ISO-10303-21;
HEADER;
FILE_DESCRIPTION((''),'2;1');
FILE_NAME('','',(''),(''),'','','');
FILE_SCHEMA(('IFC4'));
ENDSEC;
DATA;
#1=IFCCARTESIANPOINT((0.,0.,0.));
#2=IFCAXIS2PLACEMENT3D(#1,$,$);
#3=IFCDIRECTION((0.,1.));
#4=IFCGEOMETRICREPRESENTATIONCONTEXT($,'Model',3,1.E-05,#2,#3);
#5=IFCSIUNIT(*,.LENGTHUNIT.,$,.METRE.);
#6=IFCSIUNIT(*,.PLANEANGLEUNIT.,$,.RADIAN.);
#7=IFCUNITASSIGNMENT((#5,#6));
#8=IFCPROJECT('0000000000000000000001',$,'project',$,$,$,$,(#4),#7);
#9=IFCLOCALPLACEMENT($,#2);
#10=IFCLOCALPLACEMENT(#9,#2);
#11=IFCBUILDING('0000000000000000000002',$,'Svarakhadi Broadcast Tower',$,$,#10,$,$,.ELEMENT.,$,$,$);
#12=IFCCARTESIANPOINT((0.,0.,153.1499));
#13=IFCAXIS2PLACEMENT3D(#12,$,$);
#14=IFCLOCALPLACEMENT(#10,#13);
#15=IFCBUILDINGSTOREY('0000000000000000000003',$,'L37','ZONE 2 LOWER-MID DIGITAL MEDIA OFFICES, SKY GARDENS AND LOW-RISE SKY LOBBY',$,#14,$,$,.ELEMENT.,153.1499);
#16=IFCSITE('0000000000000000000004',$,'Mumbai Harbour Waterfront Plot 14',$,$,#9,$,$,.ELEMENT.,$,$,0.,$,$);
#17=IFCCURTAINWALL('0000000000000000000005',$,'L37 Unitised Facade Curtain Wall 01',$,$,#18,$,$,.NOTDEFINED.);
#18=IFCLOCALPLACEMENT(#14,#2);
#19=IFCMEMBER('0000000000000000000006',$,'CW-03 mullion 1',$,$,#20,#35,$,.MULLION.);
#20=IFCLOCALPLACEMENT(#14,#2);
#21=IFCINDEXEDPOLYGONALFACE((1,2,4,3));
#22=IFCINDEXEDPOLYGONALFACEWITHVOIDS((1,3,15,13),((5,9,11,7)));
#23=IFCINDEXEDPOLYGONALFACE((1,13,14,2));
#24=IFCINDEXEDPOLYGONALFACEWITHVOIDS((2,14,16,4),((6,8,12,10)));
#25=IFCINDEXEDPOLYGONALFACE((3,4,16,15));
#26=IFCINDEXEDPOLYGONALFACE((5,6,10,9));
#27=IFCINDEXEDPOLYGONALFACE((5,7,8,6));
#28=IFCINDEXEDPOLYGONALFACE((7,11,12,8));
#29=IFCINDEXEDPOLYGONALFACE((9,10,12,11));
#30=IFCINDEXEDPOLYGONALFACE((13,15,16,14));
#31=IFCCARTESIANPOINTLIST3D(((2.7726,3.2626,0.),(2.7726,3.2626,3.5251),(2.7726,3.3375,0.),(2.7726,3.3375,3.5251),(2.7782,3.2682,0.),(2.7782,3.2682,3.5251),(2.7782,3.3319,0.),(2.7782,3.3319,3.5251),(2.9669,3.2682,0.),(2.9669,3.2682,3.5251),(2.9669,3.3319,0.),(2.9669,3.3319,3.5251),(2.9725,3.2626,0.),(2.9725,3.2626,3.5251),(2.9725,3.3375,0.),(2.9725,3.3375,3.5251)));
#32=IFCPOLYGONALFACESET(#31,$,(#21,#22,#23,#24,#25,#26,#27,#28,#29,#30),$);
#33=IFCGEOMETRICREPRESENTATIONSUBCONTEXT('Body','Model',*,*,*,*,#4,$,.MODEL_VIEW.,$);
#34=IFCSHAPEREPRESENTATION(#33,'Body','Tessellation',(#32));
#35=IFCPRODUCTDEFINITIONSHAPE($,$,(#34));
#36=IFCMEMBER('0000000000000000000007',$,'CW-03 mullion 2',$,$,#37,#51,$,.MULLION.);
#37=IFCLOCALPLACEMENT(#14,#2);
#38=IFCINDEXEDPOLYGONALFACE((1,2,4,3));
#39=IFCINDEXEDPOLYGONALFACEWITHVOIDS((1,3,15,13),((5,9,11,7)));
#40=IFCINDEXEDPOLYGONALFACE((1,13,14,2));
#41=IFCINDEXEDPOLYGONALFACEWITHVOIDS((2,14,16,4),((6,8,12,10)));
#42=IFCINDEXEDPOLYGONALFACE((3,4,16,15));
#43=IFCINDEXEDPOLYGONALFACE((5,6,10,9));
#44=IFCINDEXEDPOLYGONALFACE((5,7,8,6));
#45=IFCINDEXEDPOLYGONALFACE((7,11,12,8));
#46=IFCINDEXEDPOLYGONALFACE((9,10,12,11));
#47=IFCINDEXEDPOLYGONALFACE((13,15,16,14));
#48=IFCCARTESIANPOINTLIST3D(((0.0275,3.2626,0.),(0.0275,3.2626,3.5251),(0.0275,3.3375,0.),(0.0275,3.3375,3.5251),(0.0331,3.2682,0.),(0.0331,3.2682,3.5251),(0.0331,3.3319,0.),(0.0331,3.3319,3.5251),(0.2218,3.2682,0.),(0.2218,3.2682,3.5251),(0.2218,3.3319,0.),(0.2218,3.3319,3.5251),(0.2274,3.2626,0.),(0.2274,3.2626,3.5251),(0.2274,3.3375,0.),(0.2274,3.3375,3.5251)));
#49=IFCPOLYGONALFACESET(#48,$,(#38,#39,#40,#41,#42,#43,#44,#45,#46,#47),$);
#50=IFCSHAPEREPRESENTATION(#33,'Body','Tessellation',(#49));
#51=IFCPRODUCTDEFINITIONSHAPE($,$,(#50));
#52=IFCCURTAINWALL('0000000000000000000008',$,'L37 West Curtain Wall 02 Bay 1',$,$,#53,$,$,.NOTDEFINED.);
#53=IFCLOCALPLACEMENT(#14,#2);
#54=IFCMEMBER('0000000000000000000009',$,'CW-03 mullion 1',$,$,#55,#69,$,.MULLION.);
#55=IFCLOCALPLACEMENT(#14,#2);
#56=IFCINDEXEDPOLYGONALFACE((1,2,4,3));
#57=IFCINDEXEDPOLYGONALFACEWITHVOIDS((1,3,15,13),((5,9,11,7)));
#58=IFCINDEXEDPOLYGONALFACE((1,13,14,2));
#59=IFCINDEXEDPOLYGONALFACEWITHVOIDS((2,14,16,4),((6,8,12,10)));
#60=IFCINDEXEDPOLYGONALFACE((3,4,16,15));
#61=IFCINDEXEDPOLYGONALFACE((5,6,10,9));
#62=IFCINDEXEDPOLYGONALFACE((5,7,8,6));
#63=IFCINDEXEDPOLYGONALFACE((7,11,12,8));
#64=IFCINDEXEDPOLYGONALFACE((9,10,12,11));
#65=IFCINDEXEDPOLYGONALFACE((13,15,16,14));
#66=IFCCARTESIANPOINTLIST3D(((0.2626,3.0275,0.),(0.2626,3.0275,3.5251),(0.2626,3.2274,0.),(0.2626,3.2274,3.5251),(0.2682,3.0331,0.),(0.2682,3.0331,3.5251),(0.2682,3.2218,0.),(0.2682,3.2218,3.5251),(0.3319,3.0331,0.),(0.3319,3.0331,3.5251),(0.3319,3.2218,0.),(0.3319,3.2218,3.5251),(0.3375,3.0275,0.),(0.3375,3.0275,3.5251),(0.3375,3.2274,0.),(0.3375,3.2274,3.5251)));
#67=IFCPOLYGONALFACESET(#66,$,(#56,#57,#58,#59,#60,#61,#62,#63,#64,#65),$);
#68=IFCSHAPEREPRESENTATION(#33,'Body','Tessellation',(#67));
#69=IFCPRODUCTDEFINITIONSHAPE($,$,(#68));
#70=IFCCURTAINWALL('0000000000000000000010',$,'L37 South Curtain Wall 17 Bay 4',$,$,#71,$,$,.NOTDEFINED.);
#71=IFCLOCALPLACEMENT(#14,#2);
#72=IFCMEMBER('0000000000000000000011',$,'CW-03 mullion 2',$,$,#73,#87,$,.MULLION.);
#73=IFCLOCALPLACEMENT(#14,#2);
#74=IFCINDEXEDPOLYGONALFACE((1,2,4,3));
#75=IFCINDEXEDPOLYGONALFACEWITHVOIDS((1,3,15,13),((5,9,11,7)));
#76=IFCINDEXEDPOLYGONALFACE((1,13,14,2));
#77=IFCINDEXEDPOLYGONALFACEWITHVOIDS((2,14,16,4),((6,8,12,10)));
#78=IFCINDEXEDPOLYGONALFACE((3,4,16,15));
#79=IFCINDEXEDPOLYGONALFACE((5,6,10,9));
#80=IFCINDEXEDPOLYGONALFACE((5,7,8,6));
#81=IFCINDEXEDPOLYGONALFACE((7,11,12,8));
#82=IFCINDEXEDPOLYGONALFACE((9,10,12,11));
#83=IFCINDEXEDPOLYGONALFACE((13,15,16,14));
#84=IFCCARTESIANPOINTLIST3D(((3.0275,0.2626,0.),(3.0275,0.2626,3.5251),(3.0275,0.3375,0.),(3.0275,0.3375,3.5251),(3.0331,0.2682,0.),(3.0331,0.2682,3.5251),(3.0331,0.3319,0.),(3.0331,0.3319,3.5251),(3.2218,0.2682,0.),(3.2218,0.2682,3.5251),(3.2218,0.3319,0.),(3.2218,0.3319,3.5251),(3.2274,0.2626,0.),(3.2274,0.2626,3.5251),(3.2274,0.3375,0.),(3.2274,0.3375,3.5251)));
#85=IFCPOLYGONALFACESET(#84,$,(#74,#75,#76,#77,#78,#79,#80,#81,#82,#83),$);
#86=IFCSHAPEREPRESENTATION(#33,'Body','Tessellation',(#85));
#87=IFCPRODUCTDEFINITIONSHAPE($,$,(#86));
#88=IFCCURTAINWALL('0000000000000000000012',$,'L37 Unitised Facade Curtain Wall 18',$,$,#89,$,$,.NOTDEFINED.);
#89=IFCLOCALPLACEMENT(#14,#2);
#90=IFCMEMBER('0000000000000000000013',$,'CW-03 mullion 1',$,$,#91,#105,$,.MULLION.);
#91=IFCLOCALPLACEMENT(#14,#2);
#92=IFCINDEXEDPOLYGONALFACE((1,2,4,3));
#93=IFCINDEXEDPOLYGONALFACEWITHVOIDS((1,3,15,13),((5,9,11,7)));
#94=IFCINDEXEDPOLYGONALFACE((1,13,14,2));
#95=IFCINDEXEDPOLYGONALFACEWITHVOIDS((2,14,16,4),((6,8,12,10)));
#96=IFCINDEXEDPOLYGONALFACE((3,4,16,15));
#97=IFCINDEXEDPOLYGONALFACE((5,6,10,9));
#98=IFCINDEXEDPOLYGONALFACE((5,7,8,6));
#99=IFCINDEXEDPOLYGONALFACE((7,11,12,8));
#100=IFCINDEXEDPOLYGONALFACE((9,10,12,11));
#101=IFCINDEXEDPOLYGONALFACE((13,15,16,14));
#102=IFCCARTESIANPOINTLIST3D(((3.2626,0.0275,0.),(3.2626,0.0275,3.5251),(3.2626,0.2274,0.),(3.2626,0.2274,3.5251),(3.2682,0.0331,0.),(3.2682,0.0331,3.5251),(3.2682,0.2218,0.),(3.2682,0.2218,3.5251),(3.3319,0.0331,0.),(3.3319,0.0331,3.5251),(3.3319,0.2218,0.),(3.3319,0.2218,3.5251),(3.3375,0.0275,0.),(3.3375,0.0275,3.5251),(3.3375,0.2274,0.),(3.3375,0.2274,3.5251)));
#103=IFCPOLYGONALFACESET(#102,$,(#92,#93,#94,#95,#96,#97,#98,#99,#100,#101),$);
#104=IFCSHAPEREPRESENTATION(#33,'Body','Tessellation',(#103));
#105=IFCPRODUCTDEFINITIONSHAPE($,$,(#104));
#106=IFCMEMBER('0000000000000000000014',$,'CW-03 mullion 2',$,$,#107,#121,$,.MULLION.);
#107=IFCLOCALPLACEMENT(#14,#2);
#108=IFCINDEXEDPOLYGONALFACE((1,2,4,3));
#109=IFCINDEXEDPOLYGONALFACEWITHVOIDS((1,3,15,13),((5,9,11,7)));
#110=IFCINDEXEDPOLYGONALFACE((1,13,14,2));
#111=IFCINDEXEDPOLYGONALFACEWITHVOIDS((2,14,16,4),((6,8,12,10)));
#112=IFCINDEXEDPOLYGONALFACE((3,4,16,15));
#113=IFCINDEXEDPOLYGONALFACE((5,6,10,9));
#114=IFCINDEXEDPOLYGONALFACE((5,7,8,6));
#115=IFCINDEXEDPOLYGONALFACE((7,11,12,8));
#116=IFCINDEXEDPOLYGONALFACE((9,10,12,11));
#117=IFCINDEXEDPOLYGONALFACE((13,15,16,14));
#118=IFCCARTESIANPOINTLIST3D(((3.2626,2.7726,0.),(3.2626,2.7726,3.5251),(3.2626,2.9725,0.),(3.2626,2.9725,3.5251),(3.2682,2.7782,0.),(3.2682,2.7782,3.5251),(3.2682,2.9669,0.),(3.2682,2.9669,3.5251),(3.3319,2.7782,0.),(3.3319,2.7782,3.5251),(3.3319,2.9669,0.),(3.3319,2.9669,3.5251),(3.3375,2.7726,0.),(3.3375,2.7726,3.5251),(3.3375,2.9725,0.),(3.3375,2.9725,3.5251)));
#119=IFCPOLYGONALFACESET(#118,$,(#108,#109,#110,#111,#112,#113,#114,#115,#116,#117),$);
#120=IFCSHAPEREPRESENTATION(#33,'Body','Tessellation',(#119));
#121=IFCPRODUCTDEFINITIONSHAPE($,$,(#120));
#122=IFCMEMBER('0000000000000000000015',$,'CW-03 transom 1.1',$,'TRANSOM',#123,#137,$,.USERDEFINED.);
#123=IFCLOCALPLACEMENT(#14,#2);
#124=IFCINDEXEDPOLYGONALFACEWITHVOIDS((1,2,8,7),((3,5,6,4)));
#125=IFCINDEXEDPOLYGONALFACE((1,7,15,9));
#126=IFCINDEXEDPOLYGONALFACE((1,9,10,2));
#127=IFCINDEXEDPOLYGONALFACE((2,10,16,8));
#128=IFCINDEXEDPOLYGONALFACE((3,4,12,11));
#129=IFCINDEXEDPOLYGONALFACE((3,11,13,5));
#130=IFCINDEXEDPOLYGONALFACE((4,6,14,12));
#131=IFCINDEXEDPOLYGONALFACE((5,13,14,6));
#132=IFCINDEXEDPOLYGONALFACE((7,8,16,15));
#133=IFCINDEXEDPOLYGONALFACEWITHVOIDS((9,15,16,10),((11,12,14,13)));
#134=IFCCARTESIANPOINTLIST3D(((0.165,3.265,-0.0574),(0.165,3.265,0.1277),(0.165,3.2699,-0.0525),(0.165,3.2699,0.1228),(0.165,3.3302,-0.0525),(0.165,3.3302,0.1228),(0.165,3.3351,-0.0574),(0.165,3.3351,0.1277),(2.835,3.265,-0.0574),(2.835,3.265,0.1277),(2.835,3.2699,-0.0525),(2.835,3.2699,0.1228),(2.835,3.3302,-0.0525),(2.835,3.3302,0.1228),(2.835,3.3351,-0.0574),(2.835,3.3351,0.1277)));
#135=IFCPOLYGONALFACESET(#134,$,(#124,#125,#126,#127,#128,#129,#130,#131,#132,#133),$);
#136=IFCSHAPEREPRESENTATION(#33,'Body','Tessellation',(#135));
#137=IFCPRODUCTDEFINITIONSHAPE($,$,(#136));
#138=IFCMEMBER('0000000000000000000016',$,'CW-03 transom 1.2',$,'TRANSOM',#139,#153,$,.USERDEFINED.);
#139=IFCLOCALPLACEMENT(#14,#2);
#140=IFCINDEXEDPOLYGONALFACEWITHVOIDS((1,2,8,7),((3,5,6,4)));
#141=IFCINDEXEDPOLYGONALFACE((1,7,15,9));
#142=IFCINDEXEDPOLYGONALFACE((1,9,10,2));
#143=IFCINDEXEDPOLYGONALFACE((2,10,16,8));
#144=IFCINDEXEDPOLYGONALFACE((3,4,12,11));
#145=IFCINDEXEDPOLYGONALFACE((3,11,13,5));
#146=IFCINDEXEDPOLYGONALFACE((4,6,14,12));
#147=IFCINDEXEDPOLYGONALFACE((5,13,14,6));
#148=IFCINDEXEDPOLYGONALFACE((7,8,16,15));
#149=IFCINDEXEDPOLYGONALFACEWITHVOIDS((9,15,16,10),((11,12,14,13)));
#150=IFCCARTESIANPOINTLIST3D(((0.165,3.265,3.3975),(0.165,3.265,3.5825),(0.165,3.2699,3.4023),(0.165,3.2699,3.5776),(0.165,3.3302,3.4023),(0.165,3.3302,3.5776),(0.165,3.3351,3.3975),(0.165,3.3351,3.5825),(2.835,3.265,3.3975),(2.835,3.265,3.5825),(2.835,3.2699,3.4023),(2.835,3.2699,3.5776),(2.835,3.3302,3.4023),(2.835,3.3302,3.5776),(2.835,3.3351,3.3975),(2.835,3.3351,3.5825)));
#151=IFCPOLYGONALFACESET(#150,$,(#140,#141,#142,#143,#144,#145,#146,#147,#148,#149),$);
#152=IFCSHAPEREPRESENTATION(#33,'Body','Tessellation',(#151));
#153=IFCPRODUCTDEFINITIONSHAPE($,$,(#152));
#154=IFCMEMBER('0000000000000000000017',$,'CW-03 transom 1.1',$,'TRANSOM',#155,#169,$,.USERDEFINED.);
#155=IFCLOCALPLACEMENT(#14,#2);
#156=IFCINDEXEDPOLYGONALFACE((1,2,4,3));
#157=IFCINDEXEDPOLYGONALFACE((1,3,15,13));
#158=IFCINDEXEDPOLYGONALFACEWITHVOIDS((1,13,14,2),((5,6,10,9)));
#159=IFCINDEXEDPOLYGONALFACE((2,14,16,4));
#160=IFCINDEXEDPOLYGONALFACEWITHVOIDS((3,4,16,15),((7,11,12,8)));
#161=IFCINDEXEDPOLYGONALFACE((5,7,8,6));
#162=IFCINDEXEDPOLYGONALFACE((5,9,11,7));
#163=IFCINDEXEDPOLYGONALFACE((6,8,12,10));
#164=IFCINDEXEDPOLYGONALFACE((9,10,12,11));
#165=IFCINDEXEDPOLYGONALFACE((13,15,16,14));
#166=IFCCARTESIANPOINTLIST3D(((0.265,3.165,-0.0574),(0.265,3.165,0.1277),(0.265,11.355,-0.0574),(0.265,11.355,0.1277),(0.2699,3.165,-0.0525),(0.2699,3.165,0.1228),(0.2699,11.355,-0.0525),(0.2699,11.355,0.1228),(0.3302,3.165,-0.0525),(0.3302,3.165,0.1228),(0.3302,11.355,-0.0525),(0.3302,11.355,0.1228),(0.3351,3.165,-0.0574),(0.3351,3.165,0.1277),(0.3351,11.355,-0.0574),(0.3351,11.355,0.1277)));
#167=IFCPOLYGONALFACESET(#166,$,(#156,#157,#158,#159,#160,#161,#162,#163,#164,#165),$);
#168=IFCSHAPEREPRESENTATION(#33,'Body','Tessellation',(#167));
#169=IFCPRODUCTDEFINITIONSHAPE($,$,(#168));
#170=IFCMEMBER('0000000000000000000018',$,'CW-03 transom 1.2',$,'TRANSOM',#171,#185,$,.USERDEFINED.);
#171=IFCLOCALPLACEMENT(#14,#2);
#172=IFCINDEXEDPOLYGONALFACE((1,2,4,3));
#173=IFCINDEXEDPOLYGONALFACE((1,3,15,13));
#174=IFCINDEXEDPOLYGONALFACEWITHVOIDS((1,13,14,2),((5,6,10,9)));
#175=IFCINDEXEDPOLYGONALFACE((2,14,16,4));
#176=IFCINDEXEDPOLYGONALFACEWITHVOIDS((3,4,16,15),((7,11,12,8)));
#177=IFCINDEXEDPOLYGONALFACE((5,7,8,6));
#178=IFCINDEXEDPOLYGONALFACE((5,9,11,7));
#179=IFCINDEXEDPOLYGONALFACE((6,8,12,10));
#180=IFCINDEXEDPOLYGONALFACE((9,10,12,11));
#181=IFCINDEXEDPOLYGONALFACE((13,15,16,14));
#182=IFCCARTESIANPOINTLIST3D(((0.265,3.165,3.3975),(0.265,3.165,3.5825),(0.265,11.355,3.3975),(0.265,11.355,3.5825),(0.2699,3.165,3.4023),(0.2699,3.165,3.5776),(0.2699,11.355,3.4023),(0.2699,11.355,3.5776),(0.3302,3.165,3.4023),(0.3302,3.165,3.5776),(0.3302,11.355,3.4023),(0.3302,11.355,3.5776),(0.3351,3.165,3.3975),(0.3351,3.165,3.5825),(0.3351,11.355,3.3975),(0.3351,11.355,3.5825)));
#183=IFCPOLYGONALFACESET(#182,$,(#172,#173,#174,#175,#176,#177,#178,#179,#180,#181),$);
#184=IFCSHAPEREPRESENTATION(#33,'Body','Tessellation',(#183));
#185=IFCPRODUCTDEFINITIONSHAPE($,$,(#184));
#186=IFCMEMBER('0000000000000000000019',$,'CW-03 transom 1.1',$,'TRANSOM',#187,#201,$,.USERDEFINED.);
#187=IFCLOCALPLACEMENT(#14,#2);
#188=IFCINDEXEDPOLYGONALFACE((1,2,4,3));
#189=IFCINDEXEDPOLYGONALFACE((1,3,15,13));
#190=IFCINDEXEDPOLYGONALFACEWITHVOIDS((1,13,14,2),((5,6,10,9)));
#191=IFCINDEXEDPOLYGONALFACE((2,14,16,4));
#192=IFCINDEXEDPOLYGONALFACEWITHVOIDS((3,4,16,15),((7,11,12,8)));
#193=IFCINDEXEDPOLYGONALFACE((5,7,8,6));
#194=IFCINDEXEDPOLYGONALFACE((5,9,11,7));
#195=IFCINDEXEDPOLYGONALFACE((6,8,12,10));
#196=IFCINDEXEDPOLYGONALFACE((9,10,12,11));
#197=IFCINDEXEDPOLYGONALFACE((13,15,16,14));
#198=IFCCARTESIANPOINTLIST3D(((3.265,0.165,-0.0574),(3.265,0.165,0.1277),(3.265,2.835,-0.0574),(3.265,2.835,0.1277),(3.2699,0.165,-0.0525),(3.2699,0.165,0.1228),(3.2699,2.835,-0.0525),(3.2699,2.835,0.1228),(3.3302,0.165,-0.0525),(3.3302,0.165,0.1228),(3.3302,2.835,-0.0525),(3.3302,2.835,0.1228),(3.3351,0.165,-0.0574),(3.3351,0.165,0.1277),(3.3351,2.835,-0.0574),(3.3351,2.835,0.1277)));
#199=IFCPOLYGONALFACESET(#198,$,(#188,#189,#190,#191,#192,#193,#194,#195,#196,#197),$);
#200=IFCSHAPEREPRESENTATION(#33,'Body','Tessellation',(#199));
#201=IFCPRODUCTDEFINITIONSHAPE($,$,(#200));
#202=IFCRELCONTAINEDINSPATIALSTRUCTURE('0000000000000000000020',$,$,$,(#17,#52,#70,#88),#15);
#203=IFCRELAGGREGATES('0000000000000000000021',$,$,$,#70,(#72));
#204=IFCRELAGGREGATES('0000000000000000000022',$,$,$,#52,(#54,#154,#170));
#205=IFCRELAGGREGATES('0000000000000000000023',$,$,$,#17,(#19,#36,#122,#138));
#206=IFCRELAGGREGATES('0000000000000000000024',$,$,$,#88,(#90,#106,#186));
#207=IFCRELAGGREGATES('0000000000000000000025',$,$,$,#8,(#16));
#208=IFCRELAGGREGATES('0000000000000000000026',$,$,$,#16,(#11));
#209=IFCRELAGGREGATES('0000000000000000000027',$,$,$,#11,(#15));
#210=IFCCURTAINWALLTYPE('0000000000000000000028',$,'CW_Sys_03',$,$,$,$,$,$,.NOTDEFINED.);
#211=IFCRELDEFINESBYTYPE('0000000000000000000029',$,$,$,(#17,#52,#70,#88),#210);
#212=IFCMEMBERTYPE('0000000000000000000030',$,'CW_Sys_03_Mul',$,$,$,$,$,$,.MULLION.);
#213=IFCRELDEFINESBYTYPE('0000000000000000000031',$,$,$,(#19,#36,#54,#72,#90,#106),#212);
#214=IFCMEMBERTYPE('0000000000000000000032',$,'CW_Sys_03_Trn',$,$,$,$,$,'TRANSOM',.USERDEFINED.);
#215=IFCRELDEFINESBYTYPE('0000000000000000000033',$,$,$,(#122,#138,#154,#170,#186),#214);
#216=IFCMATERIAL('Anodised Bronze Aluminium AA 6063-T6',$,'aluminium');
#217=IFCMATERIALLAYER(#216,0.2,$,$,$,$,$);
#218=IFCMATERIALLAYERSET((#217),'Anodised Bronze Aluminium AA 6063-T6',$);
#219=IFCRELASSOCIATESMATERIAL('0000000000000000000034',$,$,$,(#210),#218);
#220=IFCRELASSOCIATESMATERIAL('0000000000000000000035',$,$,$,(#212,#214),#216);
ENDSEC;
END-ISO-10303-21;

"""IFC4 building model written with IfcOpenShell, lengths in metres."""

from ifc_helpers import new_model, si_unit, direction, frame, origin, origin_2d, place, context, subcontext, project, spatial, hollow_rectangle, extrude, material, layer, layer_set, material_profile, profile_set, type_object, element, aggregate, save


model = new_model("IFC4")

# Units and contexts
model_context = context("Model", 3, precision=1e-05, world=origin(), true_north=direction((0.0, 1.0)))
body_context = subcontext(model_context, "Body", "Model", "MODEL_VIEW")
ifc_project = project(units=[si_unit("LENGTHUNIT", "METRE"), si_unit("PLANEANGLEUNIT", "RADIAN")], contexts=[model_context])

# Site, building, storey
site_placement = place(None, origin())
site = spatial("IfcSite", under=ifc_project, at=site_placement, Name="Mumbai Harbour Waterfront Plot 14", CompositionType="ELEMENT", RefElevation=0.0)
building_placement = place(site_placement, origin())
building = spatial("IfcBuilding", under=site, at=building_placement, Name="Svarakhadi Broadcast Tower", CompositionType="ELEMENT")
storey_placement = place(building_placement, frame((0.0, 0.0, 153.1499)))
storey = spatial("IfcBuildingStorey", under=building, at=storey_placement, Name="L37", Description="ZONE 2 LOWER-MID DIGITAL MEDIA OFFICES, SKY GARDENS AND LOW-RISE SKY LOBBY", CompositionType="ELEMENT", Elevation=153.1499)

# Curtain wall, members
ifc_material_1 = material(Name="Anodised Bronze Aluminium AA 6063-T6", Category="aluminium")
ifc_layer_1 = layer(ifc_material_1, 0.2)
ifc_layer_set_1 = layer_set([ifc_layer_1], Name="Anodised Bronze Aluminium AA 6063-T6")
curtain_wall_type = type_object("IfcCurtainWallType", Name="CW_Sys_03", PredefinedType="NOTDEFINED", material=ifc_layer_set_1)
curtain_wall_1_placement = place(storey_placement, origin())
curtain_wall_1 = element("IfcCurtainWall", 1, at=curtain_wall_1_placement, inside=storey, type_object=curtain_wall_type, Name="L37 Unitised Facade Curtain Wall 01", PredefinedType="NOTDEFINED")
ifc_material_profile_1 = material_profile(ifc_material_1, hollow_rectangle(XDim=0.075, YDim=0.2, WallThickness=0.0056, at=origin_2d()), Name="ALU MULLION 200x75x6")
ifc_profile_set_1 = profile_set([ifc_material_profile_1], Name="Anodised Bronze Aluminium AA 6063-T6")
member_type_1 = type_object("IfcMemberType", Name="CW_Sys_03_Mul", PredefinedType="MULLION", material=ifc_profile_set_1)
member_1_placement = place(storey_placement, frame((2.8726, 3.3, 0.0), z_axis=(0.0, 0.0, 1.0), x_axis=(0.0, -1.0, 0.0)))
member_1 = element("IfcMember", 2, at=member_1_placement, type_object=member_type_1, Name="CW-03 mullion 1", PredefinedType="MULLION", context=body_context, shape_type="SweptSolid", body=[
    extrude(hollow_rectangle(XDim=0.075, YDim=0.2, WallThickness=0.0056, at=origin_2d()), origin(), (0.0, 0.0, 1.0), 3.5251),
])
member_2_placement = place(storey_placement, frame((0.1274, 3.3, 0.0), z_axis=(0.0, 0.0, 1.0), x_axis=(0.0, -1.0, 0.0)))
member_2 = element("IfcMember", 3, at=member_2_placement, type_object=member_type_1, Name="CW-03 mullion 2", PredefinedType="MULLION", context=body_context, shape_type="SweptSolid", body=[
    extrude(hollow_rectangle(XDim=0.075, YDim=0.2, WallThickness=0.0056, at=origin_2d()), origin(), (0.0, 0.0, 1.0), 3.5251),
])

# Curtain walls, members
curtain_wall_2_placement = place(storey_placement, origin())
curtain_wall_2 = element("IfcCurtainWall", 4, at=curtain_wall_2_placement, inside=storey, type_object=curtain_wall_type, Name="L37 West Curtain Wall 02 Bay 1", PredefinedType="NOTDEFINED")
member_3_placement = place(storey_placement, frame((0.3, 3.1274, 0.0), z_axis=(0.0, 0.0, 1.0), x_axis=(-1.0, 0.0, 0.0)))
member_3 = element("IfcMember", 5, at=member_3_placement, type_object=member_type_1, Name="CW-03 mullion 1", PredefinedType="MULLION", context=body_context, shape_type="SweptSolid", body=[
    extrude(hollow_rectangle(XDim=0.075, YDim=0.2, WallThickness=0.0056, at=origin_2d()), origin(), (0.0, 0.0, 1.0), 3.5251),
])
curtain_wall_3_placement = place(storey_placement, origin())
curtain_wall_3 = element("IfcCurtainWall", 6, at=curtain_wall_3_placement, inside=storey, type_object=curtain_wall_type, Name="L37 South Curtain Wall 17 Bay 4", PredefinedType="NOTDEFINED")
member_4_placement = place(storey_placement, frame((3.1274, 0.3, 0.0), z_axis=(0.0, 0.0, 1.0), x_axis=(0.0, -1.0, 0.0)))
member_4 = element("IfcMember", 7, at=member_4_placement, type_object=member_type_1, Name="CW-03 mullion 2", PredefinedType="MULLION", context=body_context, shape_type="SweptSolid", body=[
    extrude(hollow_rectangle(XDim=0.075, YDim=0.2, WallThickness=0.0056, at=origin_2d()), origin(), (0.0, 0.0, 1.0), 3.5251),
])
aggregate(curtain_wall_3, [member_4])

# Curtain wall, members
curtain_wall_4_placement = place(storey_placement, origin())
curtain_wall_4 = element("IfcCurtainWall", 8, at=curtain_wall_4_placement, inside=storey, type_object=curtain_wall_type, Name="L37 Unitised Facade Curtain Wall 18", PredefinedType="NOTDEFINED")
member_5_placement = place(storey_placement, frame((3.3, 0.1274, 0.0), z_axis=(0.0, 0.0, 1.0), x_axis=(-1.0, 0.0, 0.0)))
member_5 = element("IfcMember", 9, at=member_5_placement, type_object=member_type_1, Name="CW-03 mullion 1", PredefinedType="MULLION", context=body_context, shape_type="SweptSolid", body=[
    extrude(hollow_rectangle(XDim=0.075, YDim=0.2, WallThickness=0.0056, at=origin_2d()), origin(), (0.0, 0.0, 1.0), 3.5251),
])
member_6_placement = place(storey_placement, frame((3.3, 2.8726, 0.0), z_axis=(0.0, 0.0, 1.0), x_axis=(-1.0, 0.0, 0.0)))
member_6 = element("IfcMember", 10, at=member_6_placement, type_object=member_type_1, Name="CW-03 mullion 2", PredefinedType="MULLION", context=body_context, shape_type="SweptSolid", body=[
    extrude(hollow_rectangle(XDim=0.075, YDim=0.2, WallThickness=0.0056, at=origin_2d()), origin(), (0.0, 0.0, 1.0), 3.5251),
])

# Members
ifc_material_profile_2 = material_profile(ifc_material_1, hollow_rectangle(XDim=0.0701, YDim=0.1851, WallThickness=0.0049, at=origin_2d()), Name="ALU TRANSOM 185x70x5")
ifc_profile_set_2 = profile_set([ifc_material_profile_2], Name="Anodised Bronze Aluminium AA 6063-T6")
member_type_2 = type_object("IfcMemberType", Name="CW_Sys_03_Trn", ElementType="TRANSOM", PredefinedType="USERDEFINED", material=ifc_profile_set_2)
member_7_placement = place(storey_placement, frame((2.835, 3.3, 0.0352), z_axis=(-1.0, 0.0, 0.0), x_axis=(0.0, -1.0, 0.0)))
member_7 = element("IfcMember", 11, at=member_7_placement, type_object=member_type_2, Name="CW-03 transom 1.1", ObjectType="TRANSOM", PredefinedType="USERDEFINED", context=body_context, shape_type="SweptSolid", body=[
    extrude(hollow_rectangle(XDim=0.0701, YDim=0.1851, WallThickness=0.0049, at=origin_2d()), origin(), (0.0, 0.0, 1.0), 2.6699),
])
member_8_placement = place(storey_placement, frame((2.835, 3.3, 3.49), z_axis=(-1.0, 0.0, 0.0), x_axis=(0.0, -1.0, 0.0)))
member_8 = element("IfcMember", 12, at=member_8_placement, type_object=member_type_2, Name="CW-03 transom 1.2", ObjectType="TRANSOM", PredefinedType="USERDEFINED", context=body_context, shape_type="SweptSolid", body=[
    extrude(hollow_rectangle(XDim=0.0701, YDim=0.1851, WallThickness=0.0049, at=origin_2d()), origin(), (0.0, 0.0, 1.0), 2.6699),
])
member_9_placement = place(storey_placement, frame((0.3, 3.165, 0.0352), z_axis=(0.0, 1.0, 0.0), x_axis=(-1.0, 0.0, 0.0)))
member_9 = element("IfcMember", 13, at=member_9_placement, type_object=member_type_2, Name="CW-03 transom 1.1", ObjectType="TRANSOM", PredefinedType="USERDEFINED", context=body_context, shape_type="SweptSolid", body=[
    extrude(hollow_rectangle(XDim=0.0701, YDim=0.1851, WallThickness=0.0049, at=origin_2d()), origin(), (0.0, 0.0, 1.0), 8.1899),
])
member_10_placement = place(storey_placement, frame((0.3, 3.165, 3.49), z_axis=(0.0, 1.0, 0.0), x_axis=(-1.0, 0.0, 0.0)))
member_10 = element("IfcMember", 14, at=member_10_placement, type_object=member_type_2, Name="CW-03 transom 1.2", ObjectType="TRANSOM", PredefinedType="USERDEFINED", context=body_context, shape_type="SweptSolid", body=[
    extrude(hollow_rectangle(XDim=0.0701, YDim=0.1851, WallThickness=0.0049, at=origin_2d()), origin(), (0.0, 0.0, 1.0), 8.1899),
])
aggregate(curtain_wall_2, [member_3, member_9, member_10])
member_11_placement = place(storey_placement, frame((3.3, 0.165, 0.0352), z_axis=(0.0, 1.0, 0.0), x_axis=(-1.0, 0.0, 0.0)))
member_11 = element("IfcMember", 15, at=member_11_placement, type_object=member_type_2, Name="CW-03 transom 1.1", ObjectType="TRANSOM", PredefinedType="USERDEFINED", context=body_context, shape_type="SweptSolid", body=[
    extrude(hollow_rectangle(XDim=0.0701, YDim=0.1851, WallThickness=0.0049, at=origin_2d()), origin(), (0.0, 0.0, 1.0), 2.6699),
])

aggregate(curtain_wall_1, [member_1, member_2, member_7, member_8])
aggregate(curtain_wall_4, [member_5, member_6, member_11])

save(model, "model.ifc")
